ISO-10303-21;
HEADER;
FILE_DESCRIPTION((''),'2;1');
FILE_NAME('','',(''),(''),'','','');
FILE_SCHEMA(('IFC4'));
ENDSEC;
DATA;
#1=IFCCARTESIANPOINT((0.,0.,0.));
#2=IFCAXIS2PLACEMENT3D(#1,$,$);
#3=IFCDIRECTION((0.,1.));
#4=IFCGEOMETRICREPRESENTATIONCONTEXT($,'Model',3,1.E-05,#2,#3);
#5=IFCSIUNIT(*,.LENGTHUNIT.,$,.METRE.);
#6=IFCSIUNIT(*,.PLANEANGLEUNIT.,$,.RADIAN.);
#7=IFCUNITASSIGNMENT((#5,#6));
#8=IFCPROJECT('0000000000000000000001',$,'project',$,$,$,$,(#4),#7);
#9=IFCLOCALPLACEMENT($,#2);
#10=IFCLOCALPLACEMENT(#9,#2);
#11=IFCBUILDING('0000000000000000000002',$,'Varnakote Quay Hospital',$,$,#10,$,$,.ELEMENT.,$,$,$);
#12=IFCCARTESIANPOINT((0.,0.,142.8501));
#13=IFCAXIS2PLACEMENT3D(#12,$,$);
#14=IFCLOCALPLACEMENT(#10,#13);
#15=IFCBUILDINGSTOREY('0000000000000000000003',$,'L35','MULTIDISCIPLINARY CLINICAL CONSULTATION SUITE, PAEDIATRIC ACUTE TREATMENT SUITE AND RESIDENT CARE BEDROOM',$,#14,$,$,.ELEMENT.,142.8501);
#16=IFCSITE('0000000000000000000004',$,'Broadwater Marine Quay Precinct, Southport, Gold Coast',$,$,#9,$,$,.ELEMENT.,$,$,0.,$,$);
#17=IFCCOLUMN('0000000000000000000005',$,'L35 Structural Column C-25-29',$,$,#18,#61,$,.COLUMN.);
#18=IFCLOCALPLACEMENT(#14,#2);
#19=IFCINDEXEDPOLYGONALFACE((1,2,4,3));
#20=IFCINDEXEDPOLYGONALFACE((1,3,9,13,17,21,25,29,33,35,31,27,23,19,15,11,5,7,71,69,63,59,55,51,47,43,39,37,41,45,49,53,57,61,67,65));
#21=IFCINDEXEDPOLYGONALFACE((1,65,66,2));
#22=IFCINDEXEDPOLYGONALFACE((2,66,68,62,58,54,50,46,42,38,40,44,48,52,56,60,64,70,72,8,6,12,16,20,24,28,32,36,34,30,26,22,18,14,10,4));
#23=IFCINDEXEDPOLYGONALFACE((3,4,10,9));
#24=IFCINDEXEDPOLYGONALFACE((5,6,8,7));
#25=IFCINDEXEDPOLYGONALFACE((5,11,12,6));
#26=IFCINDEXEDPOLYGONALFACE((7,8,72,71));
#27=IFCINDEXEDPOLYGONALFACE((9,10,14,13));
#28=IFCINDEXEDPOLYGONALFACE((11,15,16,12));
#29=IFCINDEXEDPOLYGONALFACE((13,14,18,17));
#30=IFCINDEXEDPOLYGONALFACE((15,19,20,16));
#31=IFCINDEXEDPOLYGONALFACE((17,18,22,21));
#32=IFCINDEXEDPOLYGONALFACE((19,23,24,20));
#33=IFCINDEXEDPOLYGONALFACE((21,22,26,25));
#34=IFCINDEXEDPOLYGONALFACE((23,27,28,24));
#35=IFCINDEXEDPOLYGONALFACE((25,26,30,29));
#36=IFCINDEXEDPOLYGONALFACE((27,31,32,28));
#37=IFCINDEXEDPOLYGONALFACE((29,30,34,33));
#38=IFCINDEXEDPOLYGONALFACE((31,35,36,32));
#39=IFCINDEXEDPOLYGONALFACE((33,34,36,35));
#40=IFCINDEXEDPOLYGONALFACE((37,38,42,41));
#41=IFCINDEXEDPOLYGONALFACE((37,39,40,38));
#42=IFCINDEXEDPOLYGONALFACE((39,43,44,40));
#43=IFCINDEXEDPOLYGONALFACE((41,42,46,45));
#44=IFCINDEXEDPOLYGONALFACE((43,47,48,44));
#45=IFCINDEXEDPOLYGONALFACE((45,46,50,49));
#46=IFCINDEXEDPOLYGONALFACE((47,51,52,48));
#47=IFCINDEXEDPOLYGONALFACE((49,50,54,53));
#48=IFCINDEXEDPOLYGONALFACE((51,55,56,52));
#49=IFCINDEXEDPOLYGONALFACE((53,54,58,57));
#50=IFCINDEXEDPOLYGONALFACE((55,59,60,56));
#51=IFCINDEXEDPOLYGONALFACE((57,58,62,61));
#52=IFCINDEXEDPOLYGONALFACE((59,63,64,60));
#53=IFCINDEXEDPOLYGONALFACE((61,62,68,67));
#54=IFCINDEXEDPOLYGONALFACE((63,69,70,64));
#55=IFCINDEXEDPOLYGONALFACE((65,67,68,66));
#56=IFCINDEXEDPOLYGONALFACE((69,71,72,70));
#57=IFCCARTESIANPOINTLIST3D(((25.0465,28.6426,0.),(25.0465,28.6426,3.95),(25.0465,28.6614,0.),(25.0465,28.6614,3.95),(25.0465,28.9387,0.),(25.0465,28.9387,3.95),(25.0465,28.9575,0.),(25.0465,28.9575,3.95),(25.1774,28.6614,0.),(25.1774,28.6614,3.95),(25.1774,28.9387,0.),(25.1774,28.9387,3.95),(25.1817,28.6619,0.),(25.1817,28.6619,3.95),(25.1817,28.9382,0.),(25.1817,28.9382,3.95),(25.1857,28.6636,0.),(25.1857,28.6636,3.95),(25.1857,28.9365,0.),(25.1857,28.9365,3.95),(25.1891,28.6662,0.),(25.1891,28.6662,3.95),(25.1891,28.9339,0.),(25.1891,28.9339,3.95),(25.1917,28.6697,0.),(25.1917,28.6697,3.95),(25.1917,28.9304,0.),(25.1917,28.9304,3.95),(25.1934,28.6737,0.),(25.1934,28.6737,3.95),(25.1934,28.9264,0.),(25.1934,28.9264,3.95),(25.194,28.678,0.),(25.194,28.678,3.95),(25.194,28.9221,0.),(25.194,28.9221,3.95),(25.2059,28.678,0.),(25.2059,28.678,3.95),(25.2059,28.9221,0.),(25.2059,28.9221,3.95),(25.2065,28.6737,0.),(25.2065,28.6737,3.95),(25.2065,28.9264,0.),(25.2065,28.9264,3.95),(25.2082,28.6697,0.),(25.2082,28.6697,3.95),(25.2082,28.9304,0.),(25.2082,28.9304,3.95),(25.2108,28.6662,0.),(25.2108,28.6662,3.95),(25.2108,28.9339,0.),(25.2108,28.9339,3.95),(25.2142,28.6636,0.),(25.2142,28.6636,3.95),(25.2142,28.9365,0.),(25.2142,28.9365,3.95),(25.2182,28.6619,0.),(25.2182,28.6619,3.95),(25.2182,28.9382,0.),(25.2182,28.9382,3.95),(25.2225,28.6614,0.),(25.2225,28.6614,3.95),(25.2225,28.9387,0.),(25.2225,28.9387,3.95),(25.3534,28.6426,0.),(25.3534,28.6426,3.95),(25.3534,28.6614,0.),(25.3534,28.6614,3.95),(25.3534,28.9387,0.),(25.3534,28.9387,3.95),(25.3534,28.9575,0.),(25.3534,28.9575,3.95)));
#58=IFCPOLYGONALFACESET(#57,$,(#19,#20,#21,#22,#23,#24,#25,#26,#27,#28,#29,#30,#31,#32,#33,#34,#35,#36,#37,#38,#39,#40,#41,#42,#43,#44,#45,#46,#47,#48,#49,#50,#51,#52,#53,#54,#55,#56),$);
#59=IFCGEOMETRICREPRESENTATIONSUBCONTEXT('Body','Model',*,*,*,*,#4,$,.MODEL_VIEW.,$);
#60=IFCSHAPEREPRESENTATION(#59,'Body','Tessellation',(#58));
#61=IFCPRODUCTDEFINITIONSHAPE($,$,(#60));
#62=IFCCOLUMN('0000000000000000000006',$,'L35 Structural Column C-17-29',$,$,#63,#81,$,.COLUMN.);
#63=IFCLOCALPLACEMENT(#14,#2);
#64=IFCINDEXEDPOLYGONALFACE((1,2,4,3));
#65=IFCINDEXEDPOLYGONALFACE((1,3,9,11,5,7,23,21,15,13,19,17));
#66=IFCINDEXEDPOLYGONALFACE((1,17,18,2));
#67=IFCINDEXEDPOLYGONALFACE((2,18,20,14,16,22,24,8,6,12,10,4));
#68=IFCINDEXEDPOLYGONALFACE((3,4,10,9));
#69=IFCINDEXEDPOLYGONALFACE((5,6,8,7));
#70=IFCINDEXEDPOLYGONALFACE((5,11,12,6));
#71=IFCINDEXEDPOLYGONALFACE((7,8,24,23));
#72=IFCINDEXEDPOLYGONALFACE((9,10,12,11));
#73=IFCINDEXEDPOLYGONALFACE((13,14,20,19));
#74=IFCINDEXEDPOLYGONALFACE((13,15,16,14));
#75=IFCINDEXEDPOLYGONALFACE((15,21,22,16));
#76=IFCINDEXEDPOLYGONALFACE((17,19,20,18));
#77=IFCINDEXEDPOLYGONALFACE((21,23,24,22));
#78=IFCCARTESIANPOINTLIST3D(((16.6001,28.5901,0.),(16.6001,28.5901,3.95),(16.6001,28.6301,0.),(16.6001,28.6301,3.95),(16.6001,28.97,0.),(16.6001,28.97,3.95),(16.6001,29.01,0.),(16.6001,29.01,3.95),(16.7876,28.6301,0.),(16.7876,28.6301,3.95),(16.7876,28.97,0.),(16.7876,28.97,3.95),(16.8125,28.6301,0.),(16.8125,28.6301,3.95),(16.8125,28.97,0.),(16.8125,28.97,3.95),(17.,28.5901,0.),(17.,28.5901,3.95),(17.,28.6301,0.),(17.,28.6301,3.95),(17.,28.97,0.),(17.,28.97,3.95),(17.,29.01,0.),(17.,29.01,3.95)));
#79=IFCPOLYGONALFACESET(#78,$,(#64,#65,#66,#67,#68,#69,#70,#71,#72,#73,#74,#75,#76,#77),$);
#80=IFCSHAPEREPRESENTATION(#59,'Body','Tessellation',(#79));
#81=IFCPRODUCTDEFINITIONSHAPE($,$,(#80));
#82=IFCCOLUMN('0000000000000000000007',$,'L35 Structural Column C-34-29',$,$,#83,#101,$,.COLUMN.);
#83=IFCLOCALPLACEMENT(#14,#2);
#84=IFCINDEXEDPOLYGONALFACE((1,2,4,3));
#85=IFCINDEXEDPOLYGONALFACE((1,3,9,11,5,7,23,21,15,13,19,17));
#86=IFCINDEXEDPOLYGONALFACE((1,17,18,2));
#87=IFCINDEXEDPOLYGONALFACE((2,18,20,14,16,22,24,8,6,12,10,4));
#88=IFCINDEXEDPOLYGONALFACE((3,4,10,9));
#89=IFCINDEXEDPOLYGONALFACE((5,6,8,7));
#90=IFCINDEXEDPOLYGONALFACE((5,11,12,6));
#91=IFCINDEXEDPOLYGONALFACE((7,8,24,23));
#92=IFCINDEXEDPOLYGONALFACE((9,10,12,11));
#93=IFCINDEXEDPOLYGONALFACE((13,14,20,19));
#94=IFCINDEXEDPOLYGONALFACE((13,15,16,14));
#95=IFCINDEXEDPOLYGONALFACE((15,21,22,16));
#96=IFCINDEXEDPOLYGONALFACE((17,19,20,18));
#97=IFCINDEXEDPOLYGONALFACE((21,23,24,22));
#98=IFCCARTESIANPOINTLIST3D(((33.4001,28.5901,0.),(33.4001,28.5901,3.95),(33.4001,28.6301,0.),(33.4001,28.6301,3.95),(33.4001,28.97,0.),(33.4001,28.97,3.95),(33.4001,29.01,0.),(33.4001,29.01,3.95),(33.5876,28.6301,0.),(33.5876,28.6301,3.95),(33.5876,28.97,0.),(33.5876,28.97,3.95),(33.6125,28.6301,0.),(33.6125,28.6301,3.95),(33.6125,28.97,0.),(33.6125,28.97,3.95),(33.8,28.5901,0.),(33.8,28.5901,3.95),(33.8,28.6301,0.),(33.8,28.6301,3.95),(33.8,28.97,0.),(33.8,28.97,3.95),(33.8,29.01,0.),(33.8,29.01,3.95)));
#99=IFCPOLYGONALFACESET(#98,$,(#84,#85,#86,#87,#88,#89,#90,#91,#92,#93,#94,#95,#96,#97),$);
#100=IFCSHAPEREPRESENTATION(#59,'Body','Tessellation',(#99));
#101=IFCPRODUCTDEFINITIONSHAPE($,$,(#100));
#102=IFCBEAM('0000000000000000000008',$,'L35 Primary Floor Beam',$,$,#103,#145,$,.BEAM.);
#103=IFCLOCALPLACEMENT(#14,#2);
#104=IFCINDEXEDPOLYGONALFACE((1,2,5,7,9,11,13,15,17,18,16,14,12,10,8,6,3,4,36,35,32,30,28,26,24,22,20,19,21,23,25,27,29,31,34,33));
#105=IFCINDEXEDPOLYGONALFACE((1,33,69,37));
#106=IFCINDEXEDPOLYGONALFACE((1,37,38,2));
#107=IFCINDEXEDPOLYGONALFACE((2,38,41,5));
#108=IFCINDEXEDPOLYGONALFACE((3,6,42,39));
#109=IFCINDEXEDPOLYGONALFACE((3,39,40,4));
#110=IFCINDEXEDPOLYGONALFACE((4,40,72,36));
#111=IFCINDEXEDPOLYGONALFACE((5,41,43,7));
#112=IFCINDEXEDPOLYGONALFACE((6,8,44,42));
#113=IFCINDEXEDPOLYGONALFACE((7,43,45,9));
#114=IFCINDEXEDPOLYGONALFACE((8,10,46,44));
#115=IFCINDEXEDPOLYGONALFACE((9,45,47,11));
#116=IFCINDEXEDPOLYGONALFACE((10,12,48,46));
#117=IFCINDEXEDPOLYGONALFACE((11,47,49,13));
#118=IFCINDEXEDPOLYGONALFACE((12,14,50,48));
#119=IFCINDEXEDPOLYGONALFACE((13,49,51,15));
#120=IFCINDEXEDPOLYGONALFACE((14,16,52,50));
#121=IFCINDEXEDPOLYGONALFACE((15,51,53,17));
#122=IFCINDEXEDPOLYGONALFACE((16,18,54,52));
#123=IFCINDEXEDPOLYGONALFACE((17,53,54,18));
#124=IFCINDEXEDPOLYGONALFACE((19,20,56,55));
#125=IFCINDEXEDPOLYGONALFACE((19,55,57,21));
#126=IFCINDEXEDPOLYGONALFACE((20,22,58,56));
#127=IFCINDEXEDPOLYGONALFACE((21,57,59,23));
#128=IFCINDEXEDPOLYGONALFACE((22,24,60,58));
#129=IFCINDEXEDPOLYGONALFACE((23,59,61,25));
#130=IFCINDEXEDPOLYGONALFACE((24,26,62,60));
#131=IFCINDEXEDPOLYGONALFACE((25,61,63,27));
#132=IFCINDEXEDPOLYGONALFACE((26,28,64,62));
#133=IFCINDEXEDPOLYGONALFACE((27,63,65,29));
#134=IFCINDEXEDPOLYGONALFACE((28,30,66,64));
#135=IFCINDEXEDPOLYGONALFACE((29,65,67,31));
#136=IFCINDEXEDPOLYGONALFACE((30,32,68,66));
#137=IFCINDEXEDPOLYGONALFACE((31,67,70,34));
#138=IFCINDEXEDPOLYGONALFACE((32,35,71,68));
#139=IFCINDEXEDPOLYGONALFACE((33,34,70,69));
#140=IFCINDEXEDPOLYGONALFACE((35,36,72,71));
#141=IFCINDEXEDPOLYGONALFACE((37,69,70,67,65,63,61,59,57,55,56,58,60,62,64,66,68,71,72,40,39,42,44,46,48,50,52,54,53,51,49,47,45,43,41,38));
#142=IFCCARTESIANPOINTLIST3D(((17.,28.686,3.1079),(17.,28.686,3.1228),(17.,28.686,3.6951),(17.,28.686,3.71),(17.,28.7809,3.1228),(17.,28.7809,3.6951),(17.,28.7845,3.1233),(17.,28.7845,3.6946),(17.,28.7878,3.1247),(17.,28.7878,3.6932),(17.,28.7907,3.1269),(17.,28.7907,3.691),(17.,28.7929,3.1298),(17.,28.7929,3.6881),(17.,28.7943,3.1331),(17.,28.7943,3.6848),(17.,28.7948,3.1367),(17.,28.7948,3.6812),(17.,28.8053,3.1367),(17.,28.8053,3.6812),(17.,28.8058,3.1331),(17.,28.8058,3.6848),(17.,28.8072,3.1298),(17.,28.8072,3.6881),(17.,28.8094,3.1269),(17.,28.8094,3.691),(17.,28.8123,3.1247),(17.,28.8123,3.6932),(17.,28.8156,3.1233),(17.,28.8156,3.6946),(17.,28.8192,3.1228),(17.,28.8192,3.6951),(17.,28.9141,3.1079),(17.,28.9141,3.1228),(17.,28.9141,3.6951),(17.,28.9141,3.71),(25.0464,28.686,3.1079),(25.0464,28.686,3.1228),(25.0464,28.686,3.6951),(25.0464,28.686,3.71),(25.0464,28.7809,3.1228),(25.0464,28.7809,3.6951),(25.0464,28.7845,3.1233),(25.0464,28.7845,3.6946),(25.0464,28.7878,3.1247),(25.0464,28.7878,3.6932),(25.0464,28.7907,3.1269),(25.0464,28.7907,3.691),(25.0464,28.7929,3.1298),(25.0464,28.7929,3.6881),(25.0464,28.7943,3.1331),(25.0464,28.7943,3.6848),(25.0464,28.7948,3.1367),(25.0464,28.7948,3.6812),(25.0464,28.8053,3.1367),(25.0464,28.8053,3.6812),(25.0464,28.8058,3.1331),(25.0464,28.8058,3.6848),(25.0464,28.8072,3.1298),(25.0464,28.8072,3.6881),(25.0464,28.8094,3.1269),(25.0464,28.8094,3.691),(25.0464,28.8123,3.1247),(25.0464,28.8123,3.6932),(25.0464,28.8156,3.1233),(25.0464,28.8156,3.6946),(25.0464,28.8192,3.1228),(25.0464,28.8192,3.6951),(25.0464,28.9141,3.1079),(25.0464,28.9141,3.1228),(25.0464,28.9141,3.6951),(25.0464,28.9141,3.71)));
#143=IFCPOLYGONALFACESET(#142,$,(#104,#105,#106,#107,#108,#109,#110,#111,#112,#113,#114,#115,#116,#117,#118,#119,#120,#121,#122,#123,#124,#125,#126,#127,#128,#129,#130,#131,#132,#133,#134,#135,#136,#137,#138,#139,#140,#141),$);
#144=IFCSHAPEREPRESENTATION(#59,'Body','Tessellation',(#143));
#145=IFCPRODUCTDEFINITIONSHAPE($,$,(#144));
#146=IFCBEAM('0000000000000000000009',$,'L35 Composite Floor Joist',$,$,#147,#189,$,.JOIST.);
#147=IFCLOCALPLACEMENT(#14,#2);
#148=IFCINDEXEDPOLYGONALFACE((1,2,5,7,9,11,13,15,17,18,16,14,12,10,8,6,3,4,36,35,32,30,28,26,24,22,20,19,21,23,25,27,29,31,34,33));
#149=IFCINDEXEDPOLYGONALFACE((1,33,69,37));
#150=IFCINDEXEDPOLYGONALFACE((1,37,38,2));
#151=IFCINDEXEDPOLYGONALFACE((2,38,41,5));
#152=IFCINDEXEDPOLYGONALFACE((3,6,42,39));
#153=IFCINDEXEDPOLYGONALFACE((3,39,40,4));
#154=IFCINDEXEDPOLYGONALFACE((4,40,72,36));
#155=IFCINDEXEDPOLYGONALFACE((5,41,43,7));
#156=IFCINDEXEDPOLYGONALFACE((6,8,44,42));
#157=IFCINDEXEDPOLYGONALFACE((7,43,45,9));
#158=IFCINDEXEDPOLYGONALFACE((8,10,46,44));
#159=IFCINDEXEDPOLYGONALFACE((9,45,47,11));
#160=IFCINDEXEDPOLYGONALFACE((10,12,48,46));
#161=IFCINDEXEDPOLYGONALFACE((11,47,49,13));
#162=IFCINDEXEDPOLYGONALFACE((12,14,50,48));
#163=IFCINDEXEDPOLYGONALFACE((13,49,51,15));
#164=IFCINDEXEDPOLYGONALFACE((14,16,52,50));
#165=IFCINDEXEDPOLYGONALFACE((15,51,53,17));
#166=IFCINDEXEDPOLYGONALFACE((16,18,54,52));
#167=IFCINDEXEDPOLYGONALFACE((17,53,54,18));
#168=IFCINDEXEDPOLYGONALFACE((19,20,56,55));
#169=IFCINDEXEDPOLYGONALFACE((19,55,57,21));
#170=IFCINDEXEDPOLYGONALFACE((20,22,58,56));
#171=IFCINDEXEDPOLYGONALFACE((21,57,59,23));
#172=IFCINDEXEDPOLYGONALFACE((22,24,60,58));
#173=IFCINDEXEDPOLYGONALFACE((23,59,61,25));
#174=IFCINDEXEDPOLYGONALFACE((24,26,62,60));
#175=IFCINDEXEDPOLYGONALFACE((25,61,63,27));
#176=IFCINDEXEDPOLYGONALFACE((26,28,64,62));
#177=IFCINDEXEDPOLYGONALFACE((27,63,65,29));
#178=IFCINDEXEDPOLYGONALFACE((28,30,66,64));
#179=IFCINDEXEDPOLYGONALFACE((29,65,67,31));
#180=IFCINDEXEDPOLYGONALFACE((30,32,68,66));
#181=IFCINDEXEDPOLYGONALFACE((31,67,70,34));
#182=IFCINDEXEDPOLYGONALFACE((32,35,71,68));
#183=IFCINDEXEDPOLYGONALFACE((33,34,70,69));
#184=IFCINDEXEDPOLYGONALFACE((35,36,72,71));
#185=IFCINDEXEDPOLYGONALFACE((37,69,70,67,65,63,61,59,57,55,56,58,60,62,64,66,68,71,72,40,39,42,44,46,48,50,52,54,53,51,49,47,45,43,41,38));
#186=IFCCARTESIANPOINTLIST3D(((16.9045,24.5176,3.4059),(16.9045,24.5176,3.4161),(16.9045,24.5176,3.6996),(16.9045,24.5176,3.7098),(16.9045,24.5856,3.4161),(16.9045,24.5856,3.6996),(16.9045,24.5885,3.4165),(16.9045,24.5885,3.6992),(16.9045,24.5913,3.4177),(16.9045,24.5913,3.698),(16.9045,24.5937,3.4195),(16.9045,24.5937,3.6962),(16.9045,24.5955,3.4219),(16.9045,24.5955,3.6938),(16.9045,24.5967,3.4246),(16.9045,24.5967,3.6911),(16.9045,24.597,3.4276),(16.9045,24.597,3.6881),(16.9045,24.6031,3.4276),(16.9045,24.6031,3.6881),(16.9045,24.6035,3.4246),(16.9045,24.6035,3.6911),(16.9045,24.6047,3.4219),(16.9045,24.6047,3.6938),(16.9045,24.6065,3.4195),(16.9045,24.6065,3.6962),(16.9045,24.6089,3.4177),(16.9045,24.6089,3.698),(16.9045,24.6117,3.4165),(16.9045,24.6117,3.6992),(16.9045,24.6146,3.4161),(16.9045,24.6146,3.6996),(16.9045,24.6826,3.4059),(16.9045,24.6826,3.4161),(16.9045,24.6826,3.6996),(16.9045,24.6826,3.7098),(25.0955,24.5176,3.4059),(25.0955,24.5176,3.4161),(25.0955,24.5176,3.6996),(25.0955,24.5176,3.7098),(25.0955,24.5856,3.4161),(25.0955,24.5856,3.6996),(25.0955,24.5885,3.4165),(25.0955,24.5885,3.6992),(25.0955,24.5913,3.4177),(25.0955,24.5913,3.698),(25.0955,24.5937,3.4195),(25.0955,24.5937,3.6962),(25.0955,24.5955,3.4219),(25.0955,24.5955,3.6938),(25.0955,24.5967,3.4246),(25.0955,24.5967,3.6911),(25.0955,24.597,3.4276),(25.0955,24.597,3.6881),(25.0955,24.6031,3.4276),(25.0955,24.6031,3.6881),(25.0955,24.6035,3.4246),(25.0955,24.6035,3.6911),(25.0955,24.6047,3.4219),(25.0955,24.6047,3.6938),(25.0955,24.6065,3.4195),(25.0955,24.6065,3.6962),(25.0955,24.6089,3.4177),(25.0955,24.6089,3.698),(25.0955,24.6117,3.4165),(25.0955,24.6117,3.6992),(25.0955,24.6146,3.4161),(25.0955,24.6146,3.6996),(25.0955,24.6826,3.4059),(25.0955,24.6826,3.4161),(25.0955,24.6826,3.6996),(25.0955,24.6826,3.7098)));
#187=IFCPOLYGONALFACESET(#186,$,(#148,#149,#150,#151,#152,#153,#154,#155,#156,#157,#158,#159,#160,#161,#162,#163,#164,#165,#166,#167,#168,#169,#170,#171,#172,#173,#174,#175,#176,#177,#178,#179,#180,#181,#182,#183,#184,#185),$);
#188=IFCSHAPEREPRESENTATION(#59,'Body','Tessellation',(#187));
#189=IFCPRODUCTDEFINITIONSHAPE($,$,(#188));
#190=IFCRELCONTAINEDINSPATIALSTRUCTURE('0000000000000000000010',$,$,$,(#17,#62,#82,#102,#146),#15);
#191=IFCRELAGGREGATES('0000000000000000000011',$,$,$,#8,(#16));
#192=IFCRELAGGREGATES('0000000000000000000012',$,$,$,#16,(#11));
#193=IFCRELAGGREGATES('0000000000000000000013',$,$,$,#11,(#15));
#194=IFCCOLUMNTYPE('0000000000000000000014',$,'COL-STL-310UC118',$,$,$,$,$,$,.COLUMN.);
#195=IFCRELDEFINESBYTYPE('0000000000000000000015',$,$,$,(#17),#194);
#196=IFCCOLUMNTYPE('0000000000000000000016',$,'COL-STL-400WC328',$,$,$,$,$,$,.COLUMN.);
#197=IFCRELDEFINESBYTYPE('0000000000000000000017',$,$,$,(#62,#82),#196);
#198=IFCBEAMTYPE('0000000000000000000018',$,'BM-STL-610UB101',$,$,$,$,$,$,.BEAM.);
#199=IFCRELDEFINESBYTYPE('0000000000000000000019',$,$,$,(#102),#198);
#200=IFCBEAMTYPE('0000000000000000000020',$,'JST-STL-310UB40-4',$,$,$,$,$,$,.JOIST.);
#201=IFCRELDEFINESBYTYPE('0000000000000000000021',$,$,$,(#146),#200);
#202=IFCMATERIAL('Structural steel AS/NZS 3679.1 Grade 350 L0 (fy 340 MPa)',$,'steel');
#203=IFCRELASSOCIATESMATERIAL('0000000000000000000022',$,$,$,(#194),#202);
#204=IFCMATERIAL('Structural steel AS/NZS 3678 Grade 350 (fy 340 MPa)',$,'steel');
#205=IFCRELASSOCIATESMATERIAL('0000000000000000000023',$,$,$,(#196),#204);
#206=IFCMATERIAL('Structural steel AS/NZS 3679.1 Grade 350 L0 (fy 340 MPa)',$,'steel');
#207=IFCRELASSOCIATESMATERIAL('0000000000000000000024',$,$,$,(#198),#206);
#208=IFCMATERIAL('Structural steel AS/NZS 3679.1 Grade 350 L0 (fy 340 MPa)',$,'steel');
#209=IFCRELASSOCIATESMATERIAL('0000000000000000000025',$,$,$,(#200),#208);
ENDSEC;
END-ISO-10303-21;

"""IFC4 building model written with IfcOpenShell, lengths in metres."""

from ifc_helpers import new_model, si_unit, direction, frame, origin, origin_2d, place, context, subcontext, project, spatial, i_section, extrude, material, material_profile, profile_set, type_object, element, save


model = new_model("IFC4")

# Units and contexts
model_context = context("Model", 3, precision=1e-05, world=origin(), true_north=direction((0.0, 1.0)))
body_context = subcontext(model_context, "Body", "Model", "MODEL_VIEW")
ifc_project = project(units=[si_unit("LENGTHUNIT", "METRE"), si_unit("PLANEANGLEUNIT", "RADIAN")], contexts=[model_context])

# Site, building, storey
site_placement = place(None, origin())
site = spatial("IfcSite", under=ifc_project, at=site_placement, Name="Broadwater Marine Quay Precinct, Southport, Gold Coast", CompositionType="ELEMENT", RefElevation=0.0)
building_placement = place(site_placement, origin())
building = spatial("IfcBuilding", under=site, at=building_placement, Name="Varnakote Quay Hospital", CompositionType="ELEMENT")
storey_placement = place(building_placement, frame((0.0, 0.0, 142.8501)))
storey = spatial("IfcBuildingStorey", under=building, at=storey_placement, Name="L35", Description="MULTIDISCIPLINARY CLINICAL CONSULTATION SUITE, PAEDIATRIC ACUTE TREATMENT SUITE AND RESIDENT CARE BEDROOM", CompositionType="ELEMENT", Elevation=142.8501)

# Columns
ifc_material_1 = material(Name="Structural steel AS/NZS 3679.1 Grade 350 L0 (fy 340 MPa)", Category="steel")
ifc_material_profile_1 = material_profile(ifc_material_1, i_section(OverallWidth=0.3069, OverallDepth=0.3149, WebThickness=0.012, FlangeThickness=0.0188, FilletRadius=0.0166, at=origin_2d()), Name="310UC118")
ifc_profile_set_1 = profile_set([ifc_material_profile_1], Name="Structural steel AS/NZS 3679.1 Grade 350 L0 (fy 340 MPa)")
column_type_1 = type_object("IfcColumnType", Name="COL-STL-310UC118", PredefinedType="COLUMN", material=ifc_profile_set_1)
column_placement = place(storey_placement, frame((25.2, 28.8, 0.0), z_axis=(0.0, 0.0, 1.0), x_axis=(1.0, 0.0, 0.0)))
element("IfcColumn", 1, at=column_placement, inside=storey, type_object=column_type_1, Name="L35 Structural Column C-25-29", PredefinedType="COLUMN", context=body_context, shape_type="SweptSolid", body=[
    extrude(i_section(OverallWidth=0.3069, OverallDepth=0.3149, WebThickness=0.012, FlangeThickness=0.0188, FilletRadius=0.0166, at=origin_2d()), origin(), (0.0, 0.0, 1.0), 3.95),
])
ifc_material_2 = material(Name="Structural steel AS/NZS 3678 Grade 350 (fy 340 MPa)", Category="steel")
ifc_material_profile_2 = material_profile(ifc_material_2, i_section(OverallWidth=0.3999, OverallDepth=0.4199, WebThickness=0.0249, FlangeThickness=0.04, at=origin_2d()), Name="400WC328")
ifc_profile_set_2 = profile_set([ifc_material_profile_2], Name="Structural steel AS/NZS 3678 Grade 350 (fy 340 MPa)")
column_type_2 = type_object("IfcColumnType", Name="COL-STL-400WC328", PredefinedType="COLUMN", material=ifc_profile_set_2)
for number, where, z_axis, x_axis, name in (
    (2, (16.8, 28.8, 0.0), (0.0, 0.0, 1.0), (1.0, 0.0, 0.0), "L35 Structural Column C-17-29"),
    (3, (33.6001, 28.8, 0.0), (0.0, 0.0, 1.0), (1.0, 0.0, 0.0), "L35 Structural Column C-34-29"),
):
    element("IfcColumn", number, at=place(storey_placement, frame(where, z_axis=z_axis, x_axis=x_axis)), inside=storey, type_object=column_type_2, Name=name, PredefinedType="COLUMN", context=body_context, shape_type="SweptSolid", body=[
        extrude(i_section(OverallWidth=0.3999, OverallDepth=0.4199, WebThickness=0.0249, FlangeThickness=0.04, at=origin_2d()), origin(), (0.0, 0.0, 1.0), 3.95),
    ])

# Beams
ifc_material_3 = material(Name="Structural steel AS/NZS 3679.1 Grade 350 L0 (fy 340 MPa)", Category="steel")
ifc_material_profile_3 = material_profile(ifc_material_3, i_section(OverallWidth=0.228, OverallDepth=0.6021, WebThickness=0.0105, FlangeThickness=0.0149, FilletRadius=0.0139, at=origin_2d()), Name="610UB101")
ifc_profile_set_3 = profile_set([ifc_material_profile_3], Name="Structural steel AS/NZS 3679.1 Grade 350 L0 (fy 340 MPa)")
beam_type_1 = type_object("IfcBeamType", Name="BM-STL-610UB101", PredefinedType="BEAM", material=ifc_profile_set_3)
beam_1_placement = place(storey_placement, frame((17.0, 28.8, 3.4089), z_axis=(1.0, 0.0, 0.0), x_axis=(0.0, 1.0, 0.0)))
element("IfcBeam", 4, at=beam_1_placement, inside=storey, type_object=beam_type_1, Name="L35 Primary Floor Beam", PredefinedType="BEAM", context=body_context, shape_type="SweptSolid", body=[
    extrude(i_section(OverallWidth=0.228, OverallDepth=0.6021, WebThickness=0.0105, FlangeThickness=0.0149, FilletRadius=0.0139, at=origin_2d()), origin(), (0.0, 0.0, 1.0), 8.0464),
])
ifc_material_4 = material(Name="Structural steel AS/NZS 3679.1 Grade 350 L0 (fy 340 MPa)", Category="steel")
ifc_material_profile_4 = material_profile(ifc_material_4, i_section(OverallWidth=0.165, OverallDepth=0.304, WebThickness=0.0061, FlangeThickness=0.0103, FilletRadius=0.0115, at=origin_2d()), Name="310UB40.4")
ifc_profile_set_4 = profile_set([ifc_material_profile_4], Name="Structural steel AS/NZS 3679.1 Grade 350 L0 (fy 340 MPa)")
beam_type_2 = type_object("IfcBeamType", Name="JST-STL-310UB40-4", PredefinedType="JOIST", material=ifc_profile_set_4)
beam_2_placement = place(storey_placement, frame((16.9045, 24.6001, 3.5579), z_axis=(1.0, 0.0, 0.0), x_axis=(0.0, 1.0, 0.0)))
element("IfcBeam", 5, at=beam_2_placement, inside=storey, type_object=beam_type_2, Name="L35 Composite Floor Joist", PredefinedType="JOIST", context=body_context, shape_type="SweptSolid", body=[
    extrude(i_section(OverallWidth=0.165, OverallDepth=0.304, WebThickness=0.0061, FlangeThickness=0.0103, FilletRadius=0.0115, at=origin_2d()), origin(), (0.0, 0.0, 1.0), 8.1909),
])

save(model, "model.ifc")
